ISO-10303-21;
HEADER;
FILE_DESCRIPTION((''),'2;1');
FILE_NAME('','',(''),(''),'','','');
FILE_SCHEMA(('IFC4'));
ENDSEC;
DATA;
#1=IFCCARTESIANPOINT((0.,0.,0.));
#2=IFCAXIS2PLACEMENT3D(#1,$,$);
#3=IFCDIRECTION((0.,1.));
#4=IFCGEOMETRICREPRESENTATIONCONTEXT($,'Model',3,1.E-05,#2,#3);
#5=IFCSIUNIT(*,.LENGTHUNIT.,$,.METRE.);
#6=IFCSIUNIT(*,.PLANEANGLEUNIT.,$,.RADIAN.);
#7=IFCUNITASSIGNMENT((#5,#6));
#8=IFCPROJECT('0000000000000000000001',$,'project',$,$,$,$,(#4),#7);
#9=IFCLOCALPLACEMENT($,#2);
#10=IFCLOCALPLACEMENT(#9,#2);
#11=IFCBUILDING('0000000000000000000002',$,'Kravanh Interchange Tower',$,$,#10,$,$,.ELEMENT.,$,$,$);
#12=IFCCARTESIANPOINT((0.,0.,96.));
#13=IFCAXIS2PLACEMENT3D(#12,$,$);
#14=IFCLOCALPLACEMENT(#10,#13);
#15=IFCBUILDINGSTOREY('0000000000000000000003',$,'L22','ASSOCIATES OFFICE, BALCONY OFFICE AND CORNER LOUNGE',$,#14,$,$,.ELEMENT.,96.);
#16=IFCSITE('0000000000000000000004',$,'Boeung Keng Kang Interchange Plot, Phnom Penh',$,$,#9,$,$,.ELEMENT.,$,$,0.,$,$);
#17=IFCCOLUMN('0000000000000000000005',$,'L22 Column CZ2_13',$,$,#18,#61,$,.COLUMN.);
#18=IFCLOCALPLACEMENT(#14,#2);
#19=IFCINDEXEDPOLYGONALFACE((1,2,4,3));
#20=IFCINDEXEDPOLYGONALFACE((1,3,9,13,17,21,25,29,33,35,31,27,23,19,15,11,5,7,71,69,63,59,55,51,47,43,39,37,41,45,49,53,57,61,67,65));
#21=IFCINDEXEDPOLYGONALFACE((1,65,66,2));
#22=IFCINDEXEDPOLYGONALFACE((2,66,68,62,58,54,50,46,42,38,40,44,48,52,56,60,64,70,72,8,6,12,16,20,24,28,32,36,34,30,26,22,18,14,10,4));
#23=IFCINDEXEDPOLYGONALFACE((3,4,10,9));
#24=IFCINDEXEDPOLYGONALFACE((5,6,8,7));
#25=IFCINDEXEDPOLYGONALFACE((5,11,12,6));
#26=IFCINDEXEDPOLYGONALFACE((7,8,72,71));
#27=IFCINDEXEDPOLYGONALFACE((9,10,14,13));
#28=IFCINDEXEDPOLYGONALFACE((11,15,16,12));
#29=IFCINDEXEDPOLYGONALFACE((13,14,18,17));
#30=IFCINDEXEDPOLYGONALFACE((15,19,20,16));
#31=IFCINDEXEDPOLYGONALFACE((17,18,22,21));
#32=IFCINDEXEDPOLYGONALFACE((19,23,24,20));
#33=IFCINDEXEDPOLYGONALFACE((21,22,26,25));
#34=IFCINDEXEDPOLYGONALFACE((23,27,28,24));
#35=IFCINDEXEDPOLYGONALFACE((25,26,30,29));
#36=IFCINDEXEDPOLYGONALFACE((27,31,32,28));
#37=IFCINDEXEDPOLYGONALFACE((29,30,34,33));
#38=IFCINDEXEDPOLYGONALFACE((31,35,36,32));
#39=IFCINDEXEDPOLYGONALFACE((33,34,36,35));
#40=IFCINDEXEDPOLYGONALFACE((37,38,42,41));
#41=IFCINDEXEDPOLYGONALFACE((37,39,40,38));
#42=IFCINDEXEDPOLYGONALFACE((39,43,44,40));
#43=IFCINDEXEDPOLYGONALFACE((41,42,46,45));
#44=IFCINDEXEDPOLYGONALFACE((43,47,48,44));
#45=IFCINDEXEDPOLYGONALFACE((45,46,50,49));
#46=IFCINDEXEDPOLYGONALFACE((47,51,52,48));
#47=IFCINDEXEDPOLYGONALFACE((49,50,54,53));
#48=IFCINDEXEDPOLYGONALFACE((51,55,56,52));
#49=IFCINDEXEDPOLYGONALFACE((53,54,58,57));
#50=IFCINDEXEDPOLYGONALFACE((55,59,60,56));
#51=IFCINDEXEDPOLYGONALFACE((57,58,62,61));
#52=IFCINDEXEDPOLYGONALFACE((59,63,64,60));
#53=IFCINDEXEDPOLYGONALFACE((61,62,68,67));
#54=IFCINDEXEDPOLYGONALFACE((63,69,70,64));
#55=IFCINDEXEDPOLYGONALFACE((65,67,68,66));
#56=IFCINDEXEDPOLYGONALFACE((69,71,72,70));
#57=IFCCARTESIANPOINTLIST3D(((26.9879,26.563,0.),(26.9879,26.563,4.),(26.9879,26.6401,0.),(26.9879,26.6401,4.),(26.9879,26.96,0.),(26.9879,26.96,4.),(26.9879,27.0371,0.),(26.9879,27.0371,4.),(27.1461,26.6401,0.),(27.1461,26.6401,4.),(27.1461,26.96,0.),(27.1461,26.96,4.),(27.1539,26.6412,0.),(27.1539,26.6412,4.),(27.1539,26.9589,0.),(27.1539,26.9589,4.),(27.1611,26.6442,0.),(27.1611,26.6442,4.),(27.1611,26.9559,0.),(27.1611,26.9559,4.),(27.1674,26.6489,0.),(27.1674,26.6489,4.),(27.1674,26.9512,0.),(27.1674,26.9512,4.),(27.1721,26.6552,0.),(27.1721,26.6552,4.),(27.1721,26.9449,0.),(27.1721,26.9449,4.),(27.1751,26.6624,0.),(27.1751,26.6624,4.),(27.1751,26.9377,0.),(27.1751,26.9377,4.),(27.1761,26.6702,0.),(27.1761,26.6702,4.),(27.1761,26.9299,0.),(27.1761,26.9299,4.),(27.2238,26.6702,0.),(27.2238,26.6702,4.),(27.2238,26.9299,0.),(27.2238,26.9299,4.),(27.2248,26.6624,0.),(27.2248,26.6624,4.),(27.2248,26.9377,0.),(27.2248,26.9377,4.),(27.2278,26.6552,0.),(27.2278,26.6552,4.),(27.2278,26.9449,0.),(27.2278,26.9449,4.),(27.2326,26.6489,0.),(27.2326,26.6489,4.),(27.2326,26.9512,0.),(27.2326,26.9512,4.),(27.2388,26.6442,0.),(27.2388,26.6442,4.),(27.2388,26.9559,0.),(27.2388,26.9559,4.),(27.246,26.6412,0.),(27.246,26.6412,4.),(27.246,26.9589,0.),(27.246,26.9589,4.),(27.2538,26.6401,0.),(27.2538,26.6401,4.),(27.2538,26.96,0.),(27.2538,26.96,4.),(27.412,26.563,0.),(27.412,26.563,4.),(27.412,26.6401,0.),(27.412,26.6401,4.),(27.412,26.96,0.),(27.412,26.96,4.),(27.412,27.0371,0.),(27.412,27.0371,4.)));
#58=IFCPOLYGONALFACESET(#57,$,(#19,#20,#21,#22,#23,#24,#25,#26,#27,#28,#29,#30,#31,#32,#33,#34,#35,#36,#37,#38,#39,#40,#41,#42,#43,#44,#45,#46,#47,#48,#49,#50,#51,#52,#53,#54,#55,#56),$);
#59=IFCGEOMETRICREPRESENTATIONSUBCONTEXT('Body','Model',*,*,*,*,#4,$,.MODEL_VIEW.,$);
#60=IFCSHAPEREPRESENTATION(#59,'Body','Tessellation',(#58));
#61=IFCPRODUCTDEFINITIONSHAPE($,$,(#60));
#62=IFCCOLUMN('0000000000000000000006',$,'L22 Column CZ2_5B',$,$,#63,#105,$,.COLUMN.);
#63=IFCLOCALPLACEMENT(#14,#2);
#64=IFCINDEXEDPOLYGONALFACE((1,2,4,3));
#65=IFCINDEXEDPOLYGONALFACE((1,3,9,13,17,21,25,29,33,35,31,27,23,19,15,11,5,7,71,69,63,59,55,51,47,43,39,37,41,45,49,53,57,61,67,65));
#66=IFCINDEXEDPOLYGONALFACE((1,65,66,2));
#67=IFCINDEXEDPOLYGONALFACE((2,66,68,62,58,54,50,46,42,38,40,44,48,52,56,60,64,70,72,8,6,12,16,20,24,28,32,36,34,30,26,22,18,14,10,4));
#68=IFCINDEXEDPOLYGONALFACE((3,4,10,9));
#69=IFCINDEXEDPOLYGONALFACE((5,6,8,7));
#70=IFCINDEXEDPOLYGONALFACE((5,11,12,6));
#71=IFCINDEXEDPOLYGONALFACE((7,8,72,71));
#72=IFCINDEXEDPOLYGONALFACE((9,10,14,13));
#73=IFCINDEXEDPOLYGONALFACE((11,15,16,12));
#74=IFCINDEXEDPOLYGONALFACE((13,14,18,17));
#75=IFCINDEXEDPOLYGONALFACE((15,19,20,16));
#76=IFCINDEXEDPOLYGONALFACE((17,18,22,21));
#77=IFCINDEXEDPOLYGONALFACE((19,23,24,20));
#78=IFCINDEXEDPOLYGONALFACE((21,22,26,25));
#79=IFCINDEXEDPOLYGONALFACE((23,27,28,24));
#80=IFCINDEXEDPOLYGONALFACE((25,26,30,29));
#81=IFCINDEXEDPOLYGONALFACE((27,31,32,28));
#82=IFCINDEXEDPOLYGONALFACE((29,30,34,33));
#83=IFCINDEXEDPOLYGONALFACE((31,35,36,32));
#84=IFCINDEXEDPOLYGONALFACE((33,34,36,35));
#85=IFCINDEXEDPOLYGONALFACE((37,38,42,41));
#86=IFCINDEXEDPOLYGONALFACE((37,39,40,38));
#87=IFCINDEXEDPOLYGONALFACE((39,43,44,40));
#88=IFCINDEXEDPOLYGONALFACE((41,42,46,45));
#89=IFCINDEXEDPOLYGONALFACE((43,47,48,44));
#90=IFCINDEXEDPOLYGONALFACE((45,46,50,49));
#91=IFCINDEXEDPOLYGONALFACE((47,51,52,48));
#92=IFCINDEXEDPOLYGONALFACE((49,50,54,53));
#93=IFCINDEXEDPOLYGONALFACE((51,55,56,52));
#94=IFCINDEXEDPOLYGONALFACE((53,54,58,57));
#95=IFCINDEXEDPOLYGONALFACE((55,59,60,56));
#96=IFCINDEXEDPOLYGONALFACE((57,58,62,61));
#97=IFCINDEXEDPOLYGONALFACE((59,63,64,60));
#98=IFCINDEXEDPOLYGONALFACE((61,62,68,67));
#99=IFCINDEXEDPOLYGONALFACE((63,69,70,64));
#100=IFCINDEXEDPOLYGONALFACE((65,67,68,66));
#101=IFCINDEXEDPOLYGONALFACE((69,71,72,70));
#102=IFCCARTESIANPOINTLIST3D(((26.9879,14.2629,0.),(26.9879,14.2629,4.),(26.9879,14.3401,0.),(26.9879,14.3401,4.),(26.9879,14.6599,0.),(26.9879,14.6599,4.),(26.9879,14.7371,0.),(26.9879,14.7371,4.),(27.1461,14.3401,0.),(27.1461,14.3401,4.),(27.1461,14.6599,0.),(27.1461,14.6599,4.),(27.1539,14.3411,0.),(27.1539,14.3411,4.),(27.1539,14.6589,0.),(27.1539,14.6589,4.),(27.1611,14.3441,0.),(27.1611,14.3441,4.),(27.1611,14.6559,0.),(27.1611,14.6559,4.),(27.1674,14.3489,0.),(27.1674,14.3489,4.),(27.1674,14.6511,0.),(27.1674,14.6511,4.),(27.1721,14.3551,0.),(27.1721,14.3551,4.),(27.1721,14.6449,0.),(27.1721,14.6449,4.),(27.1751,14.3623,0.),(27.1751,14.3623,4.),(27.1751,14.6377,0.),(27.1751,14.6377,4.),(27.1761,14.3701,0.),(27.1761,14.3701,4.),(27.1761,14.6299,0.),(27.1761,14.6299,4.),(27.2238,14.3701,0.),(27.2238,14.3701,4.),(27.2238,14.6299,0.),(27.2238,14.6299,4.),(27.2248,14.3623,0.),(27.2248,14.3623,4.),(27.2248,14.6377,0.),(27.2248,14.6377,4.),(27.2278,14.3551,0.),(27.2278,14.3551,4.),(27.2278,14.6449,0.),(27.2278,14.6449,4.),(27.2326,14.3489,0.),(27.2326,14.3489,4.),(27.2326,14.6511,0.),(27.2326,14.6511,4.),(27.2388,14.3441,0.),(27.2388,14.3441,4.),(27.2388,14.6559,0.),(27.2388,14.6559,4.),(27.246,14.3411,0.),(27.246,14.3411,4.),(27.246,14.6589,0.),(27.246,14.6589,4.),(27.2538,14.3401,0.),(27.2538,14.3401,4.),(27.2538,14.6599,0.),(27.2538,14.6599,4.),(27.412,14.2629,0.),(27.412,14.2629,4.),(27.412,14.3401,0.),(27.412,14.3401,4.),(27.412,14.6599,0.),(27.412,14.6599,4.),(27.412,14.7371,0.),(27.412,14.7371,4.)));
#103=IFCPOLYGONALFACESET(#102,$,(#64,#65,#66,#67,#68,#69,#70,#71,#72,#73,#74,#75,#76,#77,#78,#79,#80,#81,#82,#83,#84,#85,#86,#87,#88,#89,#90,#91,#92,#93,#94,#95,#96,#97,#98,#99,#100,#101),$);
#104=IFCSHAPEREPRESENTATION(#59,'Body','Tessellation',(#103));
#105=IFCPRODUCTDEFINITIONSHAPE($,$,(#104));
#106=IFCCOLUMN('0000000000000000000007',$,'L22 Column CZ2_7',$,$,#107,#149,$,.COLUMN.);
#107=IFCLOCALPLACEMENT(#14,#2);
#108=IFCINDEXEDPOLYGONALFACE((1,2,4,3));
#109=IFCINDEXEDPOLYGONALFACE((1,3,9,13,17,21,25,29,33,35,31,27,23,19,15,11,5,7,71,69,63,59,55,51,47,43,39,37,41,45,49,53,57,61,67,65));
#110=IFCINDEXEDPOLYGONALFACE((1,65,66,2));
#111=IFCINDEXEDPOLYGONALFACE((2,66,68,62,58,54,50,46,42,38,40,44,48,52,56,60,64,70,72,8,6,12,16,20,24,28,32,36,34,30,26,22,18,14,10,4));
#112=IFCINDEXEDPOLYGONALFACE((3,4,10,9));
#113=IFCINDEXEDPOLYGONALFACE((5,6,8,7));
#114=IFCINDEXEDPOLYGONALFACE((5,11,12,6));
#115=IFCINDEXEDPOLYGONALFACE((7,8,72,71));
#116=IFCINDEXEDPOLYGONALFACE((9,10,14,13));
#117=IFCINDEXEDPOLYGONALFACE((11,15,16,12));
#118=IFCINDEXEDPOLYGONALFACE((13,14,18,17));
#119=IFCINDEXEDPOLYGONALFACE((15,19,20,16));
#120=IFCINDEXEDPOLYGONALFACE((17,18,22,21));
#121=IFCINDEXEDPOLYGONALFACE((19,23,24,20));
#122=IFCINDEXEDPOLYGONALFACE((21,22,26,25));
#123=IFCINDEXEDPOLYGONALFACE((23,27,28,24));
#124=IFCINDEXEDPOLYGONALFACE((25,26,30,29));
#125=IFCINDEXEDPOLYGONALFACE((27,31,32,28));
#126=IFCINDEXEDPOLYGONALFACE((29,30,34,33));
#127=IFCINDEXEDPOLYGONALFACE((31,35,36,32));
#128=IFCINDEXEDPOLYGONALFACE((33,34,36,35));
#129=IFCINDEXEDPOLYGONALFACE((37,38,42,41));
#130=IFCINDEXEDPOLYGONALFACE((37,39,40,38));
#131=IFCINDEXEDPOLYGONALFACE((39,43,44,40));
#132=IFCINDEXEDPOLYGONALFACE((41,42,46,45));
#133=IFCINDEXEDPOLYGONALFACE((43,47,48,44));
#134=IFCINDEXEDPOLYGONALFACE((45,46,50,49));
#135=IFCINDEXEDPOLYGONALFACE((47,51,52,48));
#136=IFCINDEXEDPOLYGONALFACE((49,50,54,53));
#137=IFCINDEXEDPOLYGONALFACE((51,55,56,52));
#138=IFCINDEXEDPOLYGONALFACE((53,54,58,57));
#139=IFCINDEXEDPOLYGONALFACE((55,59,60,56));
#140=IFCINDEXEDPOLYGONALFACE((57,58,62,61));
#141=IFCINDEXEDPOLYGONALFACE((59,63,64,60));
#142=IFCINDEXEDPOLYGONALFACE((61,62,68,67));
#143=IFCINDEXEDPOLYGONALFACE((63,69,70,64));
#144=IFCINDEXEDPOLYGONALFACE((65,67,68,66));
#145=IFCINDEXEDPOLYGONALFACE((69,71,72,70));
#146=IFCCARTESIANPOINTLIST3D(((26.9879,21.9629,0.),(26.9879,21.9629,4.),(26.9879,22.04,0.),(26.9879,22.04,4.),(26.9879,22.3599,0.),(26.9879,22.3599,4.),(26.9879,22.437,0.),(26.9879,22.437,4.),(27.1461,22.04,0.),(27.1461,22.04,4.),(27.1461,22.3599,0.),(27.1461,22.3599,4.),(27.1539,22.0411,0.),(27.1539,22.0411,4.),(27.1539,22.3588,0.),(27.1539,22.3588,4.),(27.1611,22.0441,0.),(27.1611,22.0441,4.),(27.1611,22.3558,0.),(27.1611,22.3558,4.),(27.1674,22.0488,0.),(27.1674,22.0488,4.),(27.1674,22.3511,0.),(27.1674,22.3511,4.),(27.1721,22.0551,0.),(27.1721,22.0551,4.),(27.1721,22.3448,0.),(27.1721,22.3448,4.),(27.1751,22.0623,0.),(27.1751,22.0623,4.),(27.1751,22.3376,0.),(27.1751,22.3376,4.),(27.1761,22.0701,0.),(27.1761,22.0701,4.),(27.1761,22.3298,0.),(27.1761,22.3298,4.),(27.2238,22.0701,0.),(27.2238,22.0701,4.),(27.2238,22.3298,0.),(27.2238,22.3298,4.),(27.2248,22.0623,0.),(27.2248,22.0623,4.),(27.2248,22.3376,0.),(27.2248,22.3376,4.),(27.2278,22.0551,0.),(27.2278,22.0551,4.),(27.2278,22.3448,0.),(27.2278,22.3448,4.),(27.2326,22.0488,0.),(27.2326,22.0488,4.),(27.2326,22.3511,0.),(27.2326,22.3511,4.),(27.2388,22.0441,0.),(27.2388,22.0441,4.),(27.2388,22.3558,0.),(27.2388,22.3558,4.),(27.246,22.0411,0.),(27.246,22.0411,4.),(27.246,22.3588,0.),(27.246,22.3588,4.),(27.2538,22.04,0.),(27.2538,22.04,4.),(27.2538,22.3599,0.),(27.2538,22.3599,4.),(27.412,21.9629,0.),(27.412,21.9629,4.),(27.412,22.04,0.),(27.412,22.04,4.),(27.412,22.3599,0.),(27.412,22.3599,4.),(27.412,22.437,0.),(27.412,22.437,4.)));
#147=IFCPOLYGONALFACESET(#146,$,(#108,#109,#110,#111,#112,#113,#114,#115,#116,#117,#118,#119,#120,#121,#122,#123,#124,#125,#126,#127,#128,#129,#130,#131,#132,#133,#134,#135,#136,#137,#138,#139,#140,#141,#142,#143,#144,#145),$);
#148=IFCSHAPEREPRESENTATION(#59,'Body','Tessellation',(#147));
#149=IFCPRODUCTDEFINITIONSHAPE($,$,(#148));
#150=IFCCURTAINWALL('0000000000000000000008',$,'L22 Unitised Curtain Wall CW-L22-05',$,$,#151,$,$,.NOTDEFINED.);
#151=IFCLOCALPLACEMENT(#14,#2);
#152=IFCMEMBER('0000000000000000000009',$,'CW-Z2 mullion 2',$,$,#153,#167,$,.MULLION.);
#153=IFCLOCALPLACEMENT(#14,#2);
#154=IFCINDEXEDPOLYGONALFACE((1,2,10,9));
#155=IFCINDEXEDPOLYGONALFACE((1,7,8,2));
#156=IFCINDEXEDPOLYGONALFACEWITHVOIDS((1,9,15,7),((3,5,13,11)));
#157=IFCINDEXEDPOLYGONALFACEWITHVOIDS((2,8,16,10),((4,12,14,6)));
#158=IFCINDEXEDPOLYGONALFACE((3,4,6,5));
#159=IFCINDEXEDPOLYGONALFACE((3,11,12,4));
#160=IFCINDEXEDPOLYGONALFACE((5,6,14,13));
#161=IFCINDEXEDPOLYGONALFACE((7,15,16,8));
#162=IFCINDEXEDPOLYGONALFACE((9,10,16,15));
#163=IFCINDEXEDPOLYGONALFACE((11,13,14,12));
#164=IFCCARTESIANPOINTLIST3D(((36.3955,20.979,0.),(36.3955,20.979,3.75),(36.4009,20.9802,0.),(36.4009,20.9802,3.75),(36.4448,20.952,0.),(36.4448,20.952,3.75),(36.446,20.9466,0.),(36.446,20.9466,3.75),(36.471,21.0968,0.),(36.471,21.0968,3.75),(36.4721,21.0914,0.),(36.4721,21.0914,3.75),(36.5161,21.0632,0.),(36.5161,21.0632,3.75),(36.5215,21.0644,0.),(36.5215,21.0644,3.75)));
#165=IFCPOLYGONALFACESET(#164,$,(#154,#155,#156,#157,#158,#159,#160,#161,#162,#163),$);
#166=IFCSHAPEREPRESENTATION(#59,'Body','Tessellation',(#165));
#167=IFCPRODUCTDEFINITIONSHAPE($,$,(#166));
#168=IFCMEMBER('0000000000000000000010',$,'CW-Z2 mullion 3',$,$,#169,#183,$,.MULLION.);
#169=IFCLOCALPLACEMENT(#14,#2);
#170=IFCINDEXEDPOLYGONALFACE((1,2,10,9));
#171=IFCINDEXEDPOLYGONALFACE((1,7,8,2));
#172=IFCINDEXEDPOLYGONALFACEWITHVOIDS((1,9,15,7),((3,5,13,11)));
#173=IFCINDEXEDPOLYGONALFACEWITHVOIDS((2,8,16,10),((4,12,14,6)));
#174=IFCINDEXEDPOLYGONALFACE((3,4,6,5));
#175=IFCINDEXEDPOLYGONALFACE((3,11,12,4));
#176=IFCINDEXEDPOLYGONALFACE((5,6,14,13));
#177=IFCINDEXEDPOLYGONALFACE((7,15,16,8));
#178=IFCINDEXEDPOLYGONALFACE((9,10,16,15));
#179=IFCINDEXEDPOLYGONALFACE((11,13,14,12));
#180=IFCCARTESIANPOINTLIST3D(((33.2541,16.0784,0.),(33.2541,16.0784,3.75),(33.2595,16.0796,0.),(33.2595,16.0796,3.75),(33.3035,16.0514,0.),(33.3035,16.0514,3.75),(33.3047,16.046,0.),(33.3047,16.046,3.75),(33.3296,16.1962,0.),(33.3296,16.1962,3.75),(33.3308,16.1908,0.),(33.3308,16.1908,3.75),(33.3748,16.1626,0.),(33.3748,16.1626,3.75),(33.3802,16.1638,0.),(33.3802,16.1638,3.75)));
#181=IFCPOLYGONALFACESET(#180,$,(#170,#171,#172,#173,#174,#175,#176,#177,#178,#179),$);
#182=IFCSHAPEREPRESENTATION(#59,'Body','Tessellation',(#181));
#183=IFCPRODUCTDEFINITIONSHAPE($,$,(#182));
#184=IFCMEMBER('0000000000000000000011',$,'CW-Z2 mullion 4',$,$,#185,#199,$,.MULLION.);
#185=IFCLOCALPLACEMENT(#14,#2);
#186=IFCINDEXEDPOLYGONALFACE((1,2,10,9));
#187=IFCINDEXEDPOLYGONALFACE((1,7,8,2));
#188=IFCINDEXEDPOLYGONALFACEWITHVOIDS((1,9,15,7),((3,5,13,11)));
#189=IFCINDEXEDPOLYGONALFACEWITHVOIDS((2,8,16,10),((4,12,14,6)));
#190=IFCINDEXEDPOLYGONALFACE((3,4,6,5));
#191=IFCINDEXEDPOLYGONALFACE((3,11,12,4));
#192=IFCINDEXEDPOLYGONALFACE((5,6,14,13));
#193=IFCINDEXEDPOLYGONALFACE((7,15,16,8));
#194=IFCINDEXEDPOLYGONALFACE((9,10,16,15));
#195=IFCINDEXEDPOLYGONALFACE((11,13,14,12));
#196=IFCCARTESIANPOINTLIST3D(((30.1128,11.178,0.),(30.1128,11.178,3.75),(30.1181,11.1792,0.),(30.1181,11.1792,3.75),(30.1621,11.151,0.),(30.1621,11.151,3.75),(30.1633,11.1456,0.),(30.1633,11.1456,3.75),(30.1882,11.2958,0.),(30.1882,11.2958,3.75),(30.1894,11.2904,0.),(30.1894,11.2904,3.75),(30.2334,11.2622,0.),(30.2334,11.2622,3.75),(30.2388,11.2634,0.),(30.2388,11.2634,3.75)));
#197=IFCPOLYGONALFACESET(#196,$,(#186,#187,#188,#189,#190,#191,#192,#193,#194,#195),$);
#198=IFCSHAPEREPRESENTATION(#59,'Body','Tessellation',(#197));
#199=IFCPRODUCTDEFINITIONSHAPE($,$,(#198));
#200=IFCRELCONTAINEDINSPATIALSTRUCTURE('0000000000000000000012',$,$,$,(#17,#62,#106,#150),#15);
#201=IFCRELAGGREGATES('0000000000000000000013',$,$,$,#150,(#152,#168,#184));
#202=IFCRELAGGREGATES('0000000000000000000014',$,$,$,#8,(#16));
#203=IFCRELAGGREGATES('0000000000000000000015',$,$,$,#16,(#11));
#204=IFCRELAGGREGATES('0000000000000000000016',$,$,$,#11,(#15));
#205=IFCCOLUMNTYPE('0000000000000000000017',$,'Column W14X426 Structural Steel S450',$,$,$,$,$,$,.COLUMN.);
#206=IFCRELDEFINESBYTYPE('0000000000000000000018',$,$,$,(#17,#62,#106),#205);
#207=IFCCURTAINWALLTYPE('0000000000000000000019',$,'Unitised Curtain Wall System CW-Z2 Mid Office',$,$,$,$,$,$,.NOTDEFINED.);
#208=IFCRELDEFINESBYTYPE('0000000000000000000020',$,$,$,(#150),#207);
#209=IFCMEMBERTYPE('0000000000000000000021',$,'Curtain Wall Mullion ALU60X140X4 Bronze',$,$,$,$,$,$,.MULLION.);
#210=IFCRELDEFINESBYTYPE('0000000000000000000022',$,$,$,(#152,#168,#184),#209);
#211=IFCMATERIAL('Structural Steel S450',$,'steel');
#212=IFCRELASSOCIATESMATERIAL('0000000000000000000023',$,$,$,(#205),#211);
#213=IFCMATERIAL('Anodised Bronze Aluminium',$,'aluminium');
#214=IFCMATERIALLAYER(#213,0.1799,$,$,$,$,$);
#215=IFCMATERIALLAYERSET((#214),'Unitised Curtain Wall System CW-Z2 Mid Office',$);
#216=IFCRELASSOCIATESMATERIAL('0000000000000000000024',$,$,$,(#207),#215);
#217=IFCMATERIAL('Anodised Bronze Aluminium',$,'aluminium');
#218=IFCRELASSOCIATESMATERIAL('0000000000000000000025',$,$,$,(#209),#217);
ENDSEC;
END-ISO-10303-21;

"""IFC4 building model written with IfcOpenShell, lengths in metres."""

from ifc_helpers import new_model, si_unit, direction, frame, origin, origin_2d, place, context, subcontext, project, spatial, hollow_rectangle, i_section, extrude, material, layer, layer_set, material_profile, profile_set, type_object, element, aggregate, save


model = new_model("IFC4")

# Units and contexts
model_context = context("Model", 3, precision=1e-05, world=origin(), true_north=direction((0.0, 1.0)))
body_context = subcontext(model_context, "Body", "Model", "MODEL_VIEW")
ifc_project = project(units=[si_unit("LENGTHUNIT", "METRE"), si_unit("PLANEANGLEUNIT", "RADIAN")], contexts=[model_context])

# Site, building, storey
site_placement = place(None, origin())
site = spatial("IfcSite", under=ifc_project, at=site_placement, Name="Boeung Keng Kang Interchange Plot, Phnom Penh", CompositionType="ELEMENT", RefElevation=0.0)
building_placement = place(site_placement, origin())
building = spatial("IfcBuilding", under=site, at=building_placement, Name="Kravanh Interchange Tower", CompositionType="ELEMENT")
storey_placement = place(building_placement, frame((0.0, 0.0, 96.0)))
storey = spatial("IfcBuildingStorey", under=building, at=storey_placement, Name="L22", Description="ASSOCIATES OFFICE, BALCONY OFFICE AND CORNER LOUNGE", CompositionType="ELEMENT", Elevation=96.0)

# Columns
ifc_material_1 = material(Name="Structural Steel S450", Category="steel")
ifc_material_profile_1 = material_profile(ifc_material_1, i_section(OverallWidth=0.4241, OverallDepth=0.4741, WebThickness=0.0476, FlangeThickness=0.0771, FilletRadius=0.03, at=origin_2d()), Name="W14X426")
ifc_profile_set_1 = profile_set([ifc_material_profile_1], Name="Structural Steel S450")
column_type = type_object("IfcColumnType", Name="Column W14X426 Structural Steel S450", PredefinedType="COLUMN", material=ifc_profile_set_1)
for number, where, z_axis, x_axis, name in (
    (1, (27.2, 26.8, 0.0), (0.0, 0.0, 1.0), (1.0, 0.0, 0.0), "L22 Column CZ2_13"),
    (2, (27.2, 14.5, 0.0), (0.0, 0.0, 1.0), (1.0, 0.0, 0.0), "L22 Column CZ2_5B"),
    (3, (27.2, 22.2, 0.0), (0.0, 0.0, 1.0), (1.0, 0.0, 0.0), "L22 Column CZ2_7"),
):
    element("IfcColumn", number, at=place(storey_placement, frame(where, z_axis=z_axis, x_axis=x_axis)), inside=storey, type_object=column_type, Name=name, PredefinedType="COLUMN", context=body_context, shape_type="SweptSolid", body=[
        extrude(i_section(OverallWidth=0.4241, OverallDepth=0.4741, WebThickness=0.0476, FlangeThickness=0.0771, FilletRadius=0.03, at=origin_2d()), origin(), (0.0, 0.0, 1.0), 4.0),
    ])

# Curtain wall, members
ifc_material_2 = material(Name="Anodised Bronze Aluminium", Category="aluminium")
ifc_layer_1 = layer(ifc_material_2, 0.1799)
ifc_layer_set_1 = layer_set([ifc_layer_1], Name="Unitised Curtain Wall System CW-Z2 Mid Office")
curtain_wall_type = type_object("IfcCurtainWallType", Name="Unitised Curtain Wall System CW-Z2 Mid Office", PredefinedType="NOTDEFINED", material=ifc_layer_set_1)
curtain_wall_placement = place(storey_placement, origin())
curtain_wall = element("IfcCurtainWall", 4, at=curtain_wall_placement, inside=storey, type_object=curtain_wall_type, Name="L22 Unitised Curtain Wall CW-L22-05", PredefinedType="NOTDEFINED")
ifc_material_3 = material(Name="Anodised Bronze Aluminium", Category="aluminium")
ifc_material_profile_2 = material_profile(ifc_material_3, hollow_rectangle(XDim=0.0601, YDim=0.1399, WallThickness=0.0039, at=origin_2d()), Name="ALU60X140X4")
ifc_profile_set_2 = profile_set([ifc_material_profile_2], Name="Anodised Bronze Aluminium")
member_type_1 = type_object("IfcMemberType", Name="Curtain Wall Mullion ALU60X140X4 Bronze", PredefinedType="MULLION", material=ifc_profile_set_2)
member_1_placement = place(storey_placement, frame((36.4585, 21.0217, 0.0), z_axis=(0.0, 0.0, 1.0), x_axis=(0.84188, -0.539665, 0.0)))
member_1 = element("IfcMember", 5, at=member_1_placement, type_object=member_type_1, Name="CW-Z2 mullion 2", PredefinedType="MULLION", context=body_context, shape_type="SweptSolid", body=[
    extrude(hollow_rectangle(XDim=0.0601, YDim=0.1399, WallThickness=0.0039, at=origin_2d()), origin(), (0.0, 0.0, 1.0), 3.75),
])
member_2_placement = place(storey_placement, frame((33.3171, 16.1211, 0.0), z_axis=(0.0, 0.0, 1.0), x_axis=(0.84188, -0.539665, 0.0)))
member_2 = element("IfcMember", 6, at=member_2_placement, type_object=member_type_1, Name="CW-Z2 mullion 3", PredefinedType="MULLION", context=body_context, shape_type="SweptSolid", body=[
    extrude(hollow_rectangle(XDim=0.0601, YDim=0.1399, WallThickness=0.0039, at=origin_2d()), origin(), (0.0, 0.0, 1.0), 3.75),
])
member_3_placement = place(storey_placement, frame((30.1758, 11.2207, 0.0), z_axis=(0.0, 0.0, 1.0), x_axis=(0.84188, -0.539665, 0.0)))
member_3 = element("IfcMember", 7, at=member_3_placement, type_object=member_type_1, Name="CW-Z2 mullion 4", PredefinedType="MULLION", context=body_context, shape_type="SweptSolid", body=[
    extrude(hollow_rectangle(XDim=0.0601, YDim=0.1399, WallThickness=0.0039, at=origin_2d()), origin(), (0.0, 0.0, 1.0), 3.75),
])

aggregate(curtain_wall, [member_1, member_2, member_3])

save(model, "model.ifc")
